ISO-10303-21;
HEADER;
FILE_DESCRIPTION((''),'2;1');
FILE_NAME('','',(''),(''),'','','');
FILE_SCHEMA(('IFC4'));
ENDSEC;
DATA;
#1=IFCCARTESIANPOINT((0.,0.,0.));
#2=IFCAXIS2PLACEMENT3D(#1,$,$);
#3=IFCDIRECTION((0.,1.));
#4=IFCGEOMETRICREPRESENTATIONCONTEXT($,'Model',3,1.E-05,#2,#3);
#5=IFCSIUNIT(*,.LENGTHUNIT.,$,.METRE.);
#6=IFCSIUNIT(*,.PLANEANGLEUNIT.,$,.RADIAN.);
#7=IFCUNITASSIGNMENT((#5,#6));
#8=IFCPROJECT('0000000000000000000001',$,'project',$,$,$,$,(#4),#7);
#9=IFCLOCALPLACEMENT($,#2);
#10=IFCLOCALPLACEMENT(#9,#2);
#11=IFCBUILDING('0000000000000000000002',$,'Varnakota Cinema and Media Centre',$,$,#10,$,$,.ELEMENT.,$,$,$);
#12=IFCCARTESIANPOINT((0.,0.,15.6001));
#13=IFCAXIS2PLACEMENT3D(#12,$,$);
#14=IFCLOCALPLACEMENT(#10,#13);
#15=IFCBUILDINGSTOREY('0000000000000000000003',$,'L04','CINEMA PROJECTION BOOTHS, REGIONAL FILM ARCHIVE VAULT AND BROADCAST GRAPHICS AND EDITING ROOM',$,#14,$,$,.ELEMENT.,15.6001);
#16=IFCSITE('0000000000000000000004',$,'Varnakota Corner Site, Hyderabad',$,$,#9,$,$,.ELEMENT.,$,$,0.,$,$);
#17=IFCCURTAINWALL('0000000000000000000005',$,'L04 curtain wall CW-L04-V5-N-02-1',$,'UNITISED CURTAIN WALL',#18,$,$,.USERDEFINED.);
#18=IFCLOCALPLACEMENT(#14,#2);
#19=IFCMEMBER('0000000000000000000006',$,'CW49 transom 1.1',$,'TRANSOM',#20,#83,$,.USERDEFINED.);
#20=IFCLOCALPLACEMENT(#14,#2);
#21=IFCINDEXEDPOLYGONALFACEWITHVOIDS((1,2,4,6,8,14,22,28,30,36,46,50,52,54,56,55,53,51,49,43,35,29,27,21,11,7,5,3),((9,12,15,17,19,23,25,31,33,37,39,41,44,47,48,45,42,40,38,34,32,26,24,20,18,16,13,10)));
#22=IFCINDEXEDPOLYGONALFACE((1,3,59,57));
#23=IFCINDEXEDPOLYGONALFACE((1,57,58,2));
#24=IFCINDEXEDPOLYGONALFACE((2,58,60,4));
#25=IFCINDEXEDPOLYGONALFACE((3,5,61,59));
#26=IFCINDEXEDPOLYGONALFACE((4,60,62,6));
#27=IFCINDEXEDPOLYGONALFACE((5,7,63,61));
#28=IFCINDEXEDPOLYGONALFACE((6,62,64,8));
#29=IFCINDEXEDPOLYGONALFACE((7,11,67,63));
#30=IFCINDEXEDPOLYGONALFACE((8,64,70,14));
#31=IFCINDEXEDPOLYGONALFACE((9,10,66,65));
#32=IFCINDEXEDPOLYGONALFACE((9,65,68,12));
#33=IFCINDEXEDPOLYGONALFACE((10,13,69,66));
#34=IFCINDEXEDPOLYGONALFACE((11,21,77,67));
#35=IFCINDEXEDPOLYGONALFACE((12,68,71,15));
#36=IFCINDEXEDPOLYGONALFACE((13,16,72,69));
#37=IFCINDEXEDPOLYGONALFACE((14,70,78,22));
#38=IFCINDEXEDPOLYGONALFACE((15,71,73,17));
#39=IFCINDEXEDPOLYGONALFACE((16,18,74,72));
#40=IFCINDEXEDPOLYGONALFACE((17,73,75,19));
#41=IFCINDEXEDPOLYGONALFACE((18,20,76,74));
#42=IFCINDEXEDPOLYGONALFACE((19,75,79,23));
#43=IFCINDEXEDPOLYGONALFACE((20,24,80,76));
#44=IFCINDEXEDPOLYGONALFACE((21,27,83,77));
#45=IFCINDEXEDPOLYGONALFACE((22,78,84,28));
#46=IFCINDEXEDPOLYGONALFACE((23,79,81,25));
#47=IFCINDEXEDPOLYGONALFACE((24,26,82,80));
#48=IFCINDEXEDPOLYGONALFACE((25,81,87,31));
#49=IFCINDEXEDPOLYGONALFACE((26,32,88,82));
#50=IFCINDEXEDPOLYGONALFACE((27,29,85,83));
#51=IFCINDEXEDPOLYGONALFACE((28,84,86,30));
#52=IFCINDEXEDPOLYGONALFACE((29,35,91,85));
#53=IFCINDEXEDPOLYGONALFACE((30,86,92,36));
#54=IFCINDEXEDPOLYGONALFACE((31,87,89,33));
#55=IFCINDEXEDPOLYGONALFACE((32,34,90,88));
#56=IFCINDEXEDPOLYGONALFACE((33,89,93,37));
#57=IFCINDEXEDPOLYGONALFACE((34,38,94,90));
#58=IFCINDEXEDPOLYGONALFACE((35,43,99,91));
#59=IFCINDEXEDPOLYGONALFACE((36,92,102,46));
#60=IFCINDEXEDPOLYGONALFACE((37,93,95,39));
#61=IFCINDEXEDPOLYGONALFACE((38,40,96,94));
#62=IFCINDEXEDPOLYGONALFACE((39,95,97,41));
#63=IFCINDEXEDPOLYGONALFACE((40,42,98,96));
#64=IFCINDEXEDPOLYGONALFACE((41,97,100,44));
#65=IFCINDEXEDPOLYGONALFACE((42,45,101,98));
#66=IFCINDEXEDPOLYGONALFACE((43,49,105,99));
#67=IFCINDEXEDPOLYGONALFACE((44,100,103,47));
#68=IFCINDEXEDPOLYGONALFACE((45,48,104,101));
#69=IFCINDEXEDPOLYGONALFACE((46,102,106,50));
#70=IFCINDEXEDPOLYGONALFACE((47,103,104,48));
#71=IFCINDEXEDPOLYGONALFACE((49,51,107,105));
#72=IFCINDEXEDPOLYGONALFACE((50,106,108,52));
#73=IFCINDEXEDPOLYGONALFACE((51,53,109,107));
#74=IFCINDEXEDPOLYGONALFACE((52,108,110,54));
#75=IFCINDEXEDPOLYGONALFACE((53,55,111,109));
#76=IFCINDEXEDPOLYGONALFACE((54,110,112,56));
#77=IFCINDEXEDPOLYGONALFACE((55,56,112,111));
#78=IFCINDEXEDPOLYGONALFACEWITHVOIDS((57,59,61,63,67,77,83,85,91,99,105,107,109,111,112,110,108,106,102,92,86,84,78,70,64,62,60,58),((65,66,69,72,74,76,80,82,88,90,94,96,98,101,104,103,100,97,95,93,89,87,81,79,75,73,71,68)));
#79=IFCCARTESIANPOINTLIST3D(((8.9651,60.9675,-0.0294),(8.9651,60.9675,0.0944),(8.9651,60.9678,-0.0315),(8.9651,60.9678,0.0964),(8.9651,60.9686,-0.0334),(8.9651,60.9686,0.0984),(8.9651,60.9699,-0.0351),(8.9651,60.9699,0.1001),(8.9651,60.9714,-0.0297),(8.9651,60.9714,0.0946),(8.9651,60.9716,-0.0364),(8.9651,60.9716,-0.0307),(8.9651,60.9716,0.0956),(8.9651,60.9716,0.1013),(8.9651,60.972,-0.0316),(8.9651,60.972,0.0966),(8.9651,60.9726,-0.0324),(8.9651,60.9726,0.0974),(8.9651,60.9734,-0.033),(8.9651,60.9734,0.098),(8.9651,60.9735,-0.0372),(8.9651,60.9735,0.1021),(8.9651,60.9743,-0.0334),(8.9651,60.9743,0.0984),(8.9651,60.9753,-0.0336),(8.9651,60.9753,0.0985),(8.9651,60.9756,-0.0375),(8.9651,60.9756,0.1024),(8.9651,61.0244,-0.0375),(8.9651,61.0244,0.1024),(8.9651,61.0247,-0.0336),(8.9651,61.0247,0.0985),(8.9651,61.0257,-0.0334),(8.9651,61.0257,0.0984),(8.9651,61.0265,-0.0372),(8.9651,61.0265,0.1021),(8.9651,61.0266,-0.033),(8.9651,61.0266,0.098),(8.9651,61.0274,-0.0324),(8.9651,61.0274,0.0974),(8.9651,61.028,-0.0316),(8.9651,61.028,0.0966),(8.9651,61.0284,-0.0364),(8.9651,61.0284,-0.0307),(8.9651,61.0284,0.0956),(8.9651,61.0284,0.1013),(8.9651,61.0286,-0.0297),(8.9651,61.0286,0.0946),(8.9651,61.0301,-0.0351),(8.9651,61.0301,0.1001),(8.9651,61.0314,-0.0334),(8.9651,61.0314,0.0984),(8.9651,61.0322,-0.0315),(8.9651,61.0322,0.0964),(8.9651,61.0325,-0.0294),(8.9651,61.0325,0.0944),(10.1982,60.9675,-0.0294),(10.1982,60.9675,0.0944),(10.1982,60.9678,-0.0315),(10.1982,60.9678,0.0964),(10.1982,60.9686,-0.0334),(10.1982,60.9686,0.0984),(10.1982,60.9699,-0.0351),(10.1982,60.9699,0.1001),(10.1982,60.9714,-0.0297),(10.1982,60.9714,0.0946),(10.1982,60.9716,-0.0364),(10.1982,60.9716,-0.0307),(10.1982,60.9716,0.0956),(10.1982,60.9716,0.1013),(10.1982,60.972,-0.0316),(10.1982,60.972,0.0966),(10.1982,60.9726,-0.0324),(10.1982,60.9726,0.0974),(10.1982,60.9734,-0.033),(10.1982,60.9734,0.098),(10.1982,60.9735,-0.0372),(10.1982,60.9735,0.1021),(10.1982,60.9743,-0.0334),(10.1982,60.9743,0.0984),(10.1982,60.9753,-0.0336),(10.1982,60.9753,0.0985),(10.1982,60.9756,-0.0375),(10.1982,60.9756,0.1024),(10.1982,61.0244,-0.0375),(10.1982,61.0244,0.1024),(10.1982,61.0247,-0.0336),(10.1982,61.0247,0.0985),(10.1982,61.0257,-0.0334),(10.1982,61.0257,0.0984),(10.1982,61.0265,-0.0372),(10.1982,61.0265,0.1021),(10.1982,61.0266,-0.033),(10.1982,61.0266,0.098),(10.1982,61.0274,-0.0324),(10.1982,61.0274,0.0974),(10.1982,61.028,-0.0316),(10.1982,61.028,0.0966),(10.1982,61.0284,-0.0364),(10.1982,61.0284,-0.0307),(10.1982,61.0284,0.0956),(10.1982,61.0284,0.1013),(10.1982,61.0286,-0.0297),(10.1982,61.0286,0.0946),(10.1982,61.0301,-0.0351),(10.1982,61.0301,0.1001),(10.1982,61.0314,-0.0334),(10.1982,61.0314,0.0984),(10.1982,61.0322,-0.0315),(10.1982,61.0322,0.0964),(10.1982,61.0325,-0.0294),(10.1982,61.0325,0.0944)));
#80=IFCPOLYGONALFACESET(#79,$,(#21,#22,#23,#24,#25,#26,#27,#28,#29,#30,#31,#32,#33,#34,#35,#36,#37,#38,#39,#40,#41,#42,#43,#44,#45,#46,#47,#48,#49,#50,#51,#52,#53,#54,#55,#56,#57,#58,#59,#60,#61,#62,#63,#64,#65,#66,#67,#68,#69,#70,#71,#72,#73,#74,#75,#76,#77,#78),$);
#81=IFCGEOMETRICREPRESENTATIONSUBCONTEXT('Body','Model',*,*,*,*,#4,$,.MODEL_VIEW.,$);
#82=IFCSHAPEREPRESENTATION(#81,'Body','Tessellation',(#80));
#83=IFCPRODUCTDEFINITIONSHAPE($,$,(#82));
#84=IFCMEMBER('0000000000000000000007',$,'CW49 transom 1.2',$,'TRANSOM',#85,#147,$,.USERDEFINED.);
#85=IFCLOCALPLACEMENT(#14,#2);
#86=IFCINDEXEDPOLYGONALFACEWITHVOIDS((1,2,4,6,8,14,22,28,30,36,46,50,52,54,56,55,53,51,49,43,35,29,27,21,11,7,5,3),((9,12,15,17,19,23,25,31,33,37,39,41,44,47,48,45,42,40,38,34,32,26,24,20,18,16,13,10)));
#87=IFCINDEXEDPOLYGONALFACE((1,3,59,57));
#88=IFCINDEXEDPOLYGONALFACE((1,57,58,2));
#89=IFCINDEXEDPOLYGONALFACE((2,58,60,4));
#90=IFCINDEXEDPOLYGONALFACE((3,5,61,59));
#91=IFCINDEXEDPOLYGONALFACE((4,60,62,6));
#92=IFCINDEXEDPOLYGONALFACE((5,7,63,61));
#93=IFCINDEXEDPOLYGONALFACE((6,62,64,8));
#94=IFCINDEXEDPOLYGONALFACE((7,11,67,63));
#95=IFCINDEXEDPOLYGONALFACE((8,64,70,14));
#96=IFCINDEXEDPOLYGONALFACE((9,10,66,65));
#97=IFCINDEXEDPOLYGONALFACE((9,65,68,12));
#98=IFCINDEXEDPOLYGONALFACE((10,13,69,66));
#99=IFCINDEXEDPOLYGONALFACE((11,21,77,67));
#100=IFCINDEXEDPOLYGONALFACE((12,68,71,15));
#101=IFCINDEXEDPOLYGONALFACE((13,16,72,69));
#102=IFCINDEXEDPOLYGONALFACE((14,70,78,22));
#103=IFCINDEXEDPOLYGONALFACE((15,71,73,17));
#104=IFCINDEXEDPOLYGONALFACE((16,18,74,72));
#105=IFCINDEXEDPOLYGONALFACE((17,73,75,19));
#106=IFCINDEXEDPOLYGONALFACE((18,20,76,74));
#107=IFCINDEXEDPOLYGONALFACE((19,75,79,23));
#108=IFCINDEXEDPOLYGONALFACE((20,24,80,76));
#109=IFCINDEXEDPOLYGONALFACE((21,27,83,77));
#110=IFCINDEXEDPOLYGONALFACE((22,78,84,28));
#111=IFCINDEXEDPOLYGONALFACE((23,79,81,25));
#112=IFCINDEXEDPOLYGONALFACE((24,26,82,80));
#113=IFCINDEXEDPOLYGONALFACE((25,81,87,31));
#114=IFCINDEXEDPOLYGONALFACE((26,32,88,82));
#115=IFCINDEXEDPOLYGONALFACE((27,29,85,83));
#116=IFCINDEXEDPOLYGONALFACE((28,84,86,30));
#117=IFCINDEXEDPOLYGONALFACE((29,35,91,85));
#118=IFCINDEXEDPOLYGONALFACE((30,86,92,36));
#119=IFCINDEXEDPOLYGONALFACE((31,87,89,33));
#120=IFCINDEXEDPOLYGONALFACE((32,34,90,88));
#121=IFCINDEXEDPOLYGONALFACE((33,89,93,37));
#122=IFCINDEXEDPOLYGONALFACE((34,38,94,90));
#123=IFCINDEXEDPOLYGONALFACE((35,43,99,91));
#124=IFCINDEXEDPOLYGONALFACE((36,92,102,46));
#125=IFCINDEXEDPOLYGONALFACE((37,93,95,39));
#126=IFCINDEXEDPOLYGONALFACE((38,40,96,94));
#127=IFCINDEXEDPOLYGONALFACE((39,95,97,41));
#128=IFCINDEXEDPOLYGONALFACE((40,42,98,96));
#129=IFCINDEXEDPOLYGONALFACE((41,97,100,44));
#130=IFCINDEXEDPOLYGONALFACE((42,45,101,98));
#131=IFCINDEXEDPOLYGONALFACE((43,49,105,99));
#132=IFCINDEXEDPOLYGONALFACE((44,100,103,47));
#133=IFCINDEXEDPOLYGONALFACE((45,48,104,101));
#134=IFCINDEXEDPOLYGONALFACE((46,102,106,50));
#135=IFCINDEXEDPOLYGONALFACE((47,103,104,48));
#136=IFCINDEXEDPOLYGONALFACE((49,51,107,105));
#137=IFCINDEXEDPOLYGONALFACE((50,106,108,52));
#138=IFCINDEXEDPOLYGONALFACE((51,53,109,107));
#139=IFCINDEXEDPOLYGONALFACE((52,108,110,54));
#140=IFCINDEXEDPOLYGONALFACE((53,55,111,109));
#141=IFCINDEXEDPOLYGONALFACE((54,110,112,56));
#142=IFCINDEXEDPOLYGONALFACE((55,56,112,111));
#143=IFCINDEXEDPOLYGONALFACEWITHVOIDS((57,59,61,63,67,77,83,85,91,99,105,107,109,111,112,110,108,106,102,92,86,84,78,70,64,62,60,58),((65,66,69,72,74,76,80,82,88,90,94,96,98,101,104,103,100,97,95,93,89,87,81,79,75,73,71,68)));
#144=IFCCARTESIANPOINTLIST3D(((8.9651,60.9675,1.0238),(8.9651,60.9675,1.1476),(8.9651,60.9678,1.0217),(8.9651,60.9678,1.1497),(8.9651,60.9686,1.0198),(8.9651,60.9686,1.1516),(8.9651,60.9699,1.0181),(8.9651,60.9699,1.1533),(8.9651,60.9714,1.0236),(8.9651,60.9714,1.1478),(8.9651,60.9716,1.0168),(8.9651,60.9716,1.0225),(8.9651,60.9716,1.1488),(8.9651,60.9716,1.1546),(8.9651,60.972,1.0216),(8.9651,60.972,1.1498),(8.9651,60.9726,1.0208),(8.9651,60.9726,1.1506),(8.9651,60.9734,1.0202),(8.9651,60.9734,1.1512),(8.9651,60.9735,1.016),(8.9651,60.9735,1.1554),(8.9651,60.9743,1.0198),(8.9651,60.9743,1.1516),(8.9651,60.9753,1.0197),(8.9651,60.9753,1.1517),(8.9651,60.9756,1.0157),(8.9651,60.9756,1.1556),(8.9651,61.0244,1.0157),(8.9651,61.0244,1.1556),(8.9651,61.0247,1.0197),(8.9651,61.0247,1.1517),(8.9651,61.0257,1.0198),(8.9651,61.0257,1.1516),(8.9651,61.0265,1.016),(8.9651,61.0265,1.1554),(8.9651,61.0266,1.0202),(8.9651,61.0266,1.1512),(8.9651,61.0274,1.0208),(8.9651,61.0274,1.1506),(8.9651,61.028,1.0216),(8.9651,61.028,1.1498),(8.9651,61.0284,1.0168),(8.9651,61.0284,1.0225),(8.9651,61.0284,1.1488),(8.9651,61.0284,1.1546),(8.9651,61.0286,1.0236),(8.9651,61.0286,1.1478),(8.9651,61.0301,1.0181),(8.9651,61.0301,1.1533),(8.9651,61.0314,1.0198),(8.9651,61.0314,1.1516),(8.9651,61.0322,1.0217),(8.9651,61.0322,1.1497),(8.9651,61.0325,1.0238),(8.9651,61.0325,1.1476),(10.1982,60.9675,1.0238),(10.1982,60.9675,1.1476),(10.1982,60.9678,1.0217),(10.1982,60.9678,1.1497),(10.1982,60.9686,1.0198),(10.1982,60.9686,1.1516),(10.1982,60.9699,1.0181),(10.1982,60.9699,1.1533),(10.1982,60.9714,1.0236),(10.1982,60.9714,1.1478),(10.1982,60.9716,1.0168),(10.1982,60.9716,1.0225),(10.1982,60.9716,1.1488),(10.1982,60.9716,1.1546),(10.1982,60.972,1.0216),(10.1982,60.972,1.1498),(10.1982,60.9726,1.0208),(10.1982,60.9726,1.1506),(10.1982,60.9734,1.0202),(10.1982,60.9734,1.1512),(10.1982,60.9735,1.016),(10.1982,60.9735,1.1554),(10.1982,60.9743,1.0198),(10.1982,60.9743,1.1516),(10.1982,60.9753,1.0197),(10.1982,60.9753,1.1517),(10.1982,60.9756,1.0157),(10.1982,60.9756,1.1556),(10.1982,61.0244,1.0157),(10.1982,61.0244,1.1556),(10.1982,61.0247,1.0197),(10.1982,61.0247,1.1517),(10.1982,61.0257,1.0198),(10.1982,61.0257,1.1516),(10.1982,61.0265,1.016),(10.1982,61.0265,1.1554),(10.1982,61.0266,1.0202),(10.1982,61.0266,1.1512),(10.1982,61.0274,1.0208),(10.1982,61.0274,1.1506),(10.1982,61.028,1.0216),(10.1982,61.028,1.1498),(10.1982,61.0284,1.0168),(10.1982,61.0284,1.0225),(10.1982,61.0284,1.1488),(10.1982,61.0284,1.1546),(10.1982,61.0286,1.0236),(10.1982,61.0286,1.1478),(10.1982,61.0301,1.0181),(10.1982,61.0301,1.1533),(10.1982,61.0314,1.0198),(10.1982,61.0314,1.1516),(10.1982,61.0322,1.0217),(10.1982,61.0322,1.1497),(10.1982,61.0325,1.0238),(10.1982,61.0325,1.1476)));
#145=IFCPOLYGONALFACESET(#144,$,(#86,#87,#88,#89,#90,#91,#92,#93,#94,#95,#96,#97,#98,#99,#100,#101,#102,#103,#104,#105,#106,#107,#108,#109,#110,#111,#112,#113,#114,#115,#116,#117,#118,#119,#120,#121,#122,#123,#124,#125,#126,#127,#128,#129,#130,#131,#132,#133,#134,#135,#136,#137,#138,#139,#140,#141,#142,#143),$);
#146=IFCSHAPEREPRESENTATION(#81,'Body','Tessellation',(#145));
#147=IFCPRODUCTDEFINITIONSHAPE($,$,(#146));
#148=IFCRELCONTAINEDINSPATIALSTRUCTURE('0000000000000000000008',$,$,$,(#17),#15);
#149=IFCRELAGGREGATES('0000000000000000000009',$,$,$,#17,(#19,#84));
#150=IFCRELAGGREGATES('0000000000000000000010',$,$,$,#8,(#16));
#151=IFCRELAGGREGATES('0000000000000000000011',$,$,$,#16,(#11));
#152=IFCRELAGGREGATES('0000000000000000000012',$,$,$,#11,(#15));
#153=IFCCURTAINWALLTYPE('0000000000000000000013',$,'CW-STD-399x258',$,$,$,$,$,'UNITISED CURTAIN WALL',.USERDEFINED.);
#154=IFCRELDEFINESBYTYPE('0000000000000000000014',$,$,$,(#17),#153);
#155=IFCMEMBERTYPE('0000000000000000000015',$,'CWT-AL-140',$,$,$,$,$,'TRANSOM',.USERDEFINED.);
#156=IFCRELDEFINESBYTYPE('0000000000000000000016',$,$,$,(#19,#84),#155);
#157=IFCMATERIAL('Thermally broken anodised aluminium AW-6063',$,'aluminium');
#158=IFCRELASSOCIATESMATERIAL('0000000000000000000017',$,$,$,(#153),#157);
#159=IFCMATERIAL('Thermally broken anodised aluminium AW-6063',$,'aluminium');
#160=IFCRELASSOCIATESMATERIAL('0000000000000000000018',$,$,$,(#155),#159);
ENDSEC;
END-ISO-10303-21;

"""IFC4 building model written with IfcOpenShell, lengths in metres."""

from ifc_helpers import new_model, si_unit, direction, frame, origin, origin_2d, place, context, subcontext, project, spatial, hollow_rectangle, extrude, material, material_profile, profile_set, type_object, element, aggregate, save


model = new_model("IFC4")

# Units and contexts
model_context = context("Model", 3, precision=1e-05, world=origin(), true_north=direction((0.0, 1.0)))
body_context = subcontext(model_context, "Body", "Model", "MODEL_VIEW")
ifc_project = project(units=[si_unit("LENGTHUNIT", "METRE"), si_unit("PLANEANGLEUNIT", "RADIAN")], contexts=[model_context])

# Site, building, storey
site_placement = place(None, origin())
site = spatial("IfcSite", under=ifc_project, at=site_placement, Name="Varnakota Corner Site, Hyderabad", CompositionType="ELEMENT", RefElevation=0.0)
building_placement = place(site_placement, origin())
building = spatial("IfcBuilding", under=site, at=building_placement, Name="Varnakota Cinema and Media Centre", CompositionType="ELEMENT")
storey_placement = place(building_placement, frame((0.0, 0.0, 15.6001)))
storey = spatial("IfcBuildingStorey", under=building, at=storey_placement, Name="L04", Description="CINEMA PROJECTION BOOTHS, REGIONAL FILM ARCHIVE VAULT AND BROADCAST GRAPHICS AND EDITING ROOM", CompositionType="ELEMENT", Elevation=15.6001)

# Curtain wall, members
ifc_material_1 = material(Name="Thermally broken anodised aluminium AW-6063", Category="aluminium")
curtain_wall_type = type_object("IfcCurtainWallType", Name="CW-STD-399x258", ElementType="UNITISED CURTAIN WALL", PredefinedType="USERDEFINED", material=ifc_material_1)
curtain_wall_placement = place(storey_placement, origin())
curtain_wall = element("IfcCurtainWall", 1, at=curtain_wall_placement, inside=storey, type_object=curtain_wall_type, Name="L04 curtain wall CW-L04-V5-N-02-1", ObjectType="UNITISED CURTAIN WALL", PredefinedType="USERDEFINED")
ifc_material_2 = material(Name="Thermally broken anodised aluminium AW-6063", Category="aluminium")
ifc_material_profile_1 = material_profile(ifc_material_2, hollow_rectangle(XDim=0.0649, YDim=0.1399, WallThickness=0.0039, InnerFilletRadius=0.0039, OuterFilletRadius=0.0081, at=origin_2d()), Name="AL-TRANSOM 140x65x4")
ifc_profile_set_1 = profile_set([ifc_material_profile_1], Name="Thermally broken anodised aluminium AW-6063")
member_type_1 = type_object("IfcMemberType", Name="CWT-AL-140", ElementType="TRANSOM", PredefinedType="USERDEFINED", material=ifc_profile_set_1)
member_1_placement = place(storey_placement, frame((8.9651, 61.0, 0.0325), z_axis=(1.0, 0.0, 0.0), x_axis=(0.0, 1.0, 0.0)))
member_1 = element("IfcMember", 2, at=member_1_placement, type_object=member_type_1, Name="CW49 transom 1.1", ObjectType="TRANSOM", PredefinedType="USERDEFINED", context=body_context, shape_type="SweptSolid", body=[
    extrude(hollow_rectangle(XDim=0.0649, YDim=0.1399, WallThickness=0.0039, InnerFilletRadius=0.0039, OuterFilletRadius=0.0081, at=origin_2d()), origin(), (0.0, 0.0, 1.0), 1.2332),
])
member_2_placement = place(storey_placement, frame((8.9651, 61.0, 1.0857), z_axis=(1.0, 0.0, 0.0), x_axis=(0.0, 1.0, 0.0)))
member_2 = element("IfcMember", 3, at=member_2_placement, type_object=member_type_1, Name="CW49 transom 1.2", ObjectType="TRANSOM", PredefinedType="USERDEFINED", context=body_context, shape_type="SweptSolid", body=[
    extrude(hollow_rectangle(XDim=0.0649, YDim=0.1399, WallThickness=0.0039, InnerFilletRadius=0.0039, OuterFilletRadius=0.0081, at=origin_2d()), origin(), (0.0, 0.0, 1.0), 1.2332),
])
aggregate(curtain_wall, [member_1, member_2])

save(model, "model.ifc")
